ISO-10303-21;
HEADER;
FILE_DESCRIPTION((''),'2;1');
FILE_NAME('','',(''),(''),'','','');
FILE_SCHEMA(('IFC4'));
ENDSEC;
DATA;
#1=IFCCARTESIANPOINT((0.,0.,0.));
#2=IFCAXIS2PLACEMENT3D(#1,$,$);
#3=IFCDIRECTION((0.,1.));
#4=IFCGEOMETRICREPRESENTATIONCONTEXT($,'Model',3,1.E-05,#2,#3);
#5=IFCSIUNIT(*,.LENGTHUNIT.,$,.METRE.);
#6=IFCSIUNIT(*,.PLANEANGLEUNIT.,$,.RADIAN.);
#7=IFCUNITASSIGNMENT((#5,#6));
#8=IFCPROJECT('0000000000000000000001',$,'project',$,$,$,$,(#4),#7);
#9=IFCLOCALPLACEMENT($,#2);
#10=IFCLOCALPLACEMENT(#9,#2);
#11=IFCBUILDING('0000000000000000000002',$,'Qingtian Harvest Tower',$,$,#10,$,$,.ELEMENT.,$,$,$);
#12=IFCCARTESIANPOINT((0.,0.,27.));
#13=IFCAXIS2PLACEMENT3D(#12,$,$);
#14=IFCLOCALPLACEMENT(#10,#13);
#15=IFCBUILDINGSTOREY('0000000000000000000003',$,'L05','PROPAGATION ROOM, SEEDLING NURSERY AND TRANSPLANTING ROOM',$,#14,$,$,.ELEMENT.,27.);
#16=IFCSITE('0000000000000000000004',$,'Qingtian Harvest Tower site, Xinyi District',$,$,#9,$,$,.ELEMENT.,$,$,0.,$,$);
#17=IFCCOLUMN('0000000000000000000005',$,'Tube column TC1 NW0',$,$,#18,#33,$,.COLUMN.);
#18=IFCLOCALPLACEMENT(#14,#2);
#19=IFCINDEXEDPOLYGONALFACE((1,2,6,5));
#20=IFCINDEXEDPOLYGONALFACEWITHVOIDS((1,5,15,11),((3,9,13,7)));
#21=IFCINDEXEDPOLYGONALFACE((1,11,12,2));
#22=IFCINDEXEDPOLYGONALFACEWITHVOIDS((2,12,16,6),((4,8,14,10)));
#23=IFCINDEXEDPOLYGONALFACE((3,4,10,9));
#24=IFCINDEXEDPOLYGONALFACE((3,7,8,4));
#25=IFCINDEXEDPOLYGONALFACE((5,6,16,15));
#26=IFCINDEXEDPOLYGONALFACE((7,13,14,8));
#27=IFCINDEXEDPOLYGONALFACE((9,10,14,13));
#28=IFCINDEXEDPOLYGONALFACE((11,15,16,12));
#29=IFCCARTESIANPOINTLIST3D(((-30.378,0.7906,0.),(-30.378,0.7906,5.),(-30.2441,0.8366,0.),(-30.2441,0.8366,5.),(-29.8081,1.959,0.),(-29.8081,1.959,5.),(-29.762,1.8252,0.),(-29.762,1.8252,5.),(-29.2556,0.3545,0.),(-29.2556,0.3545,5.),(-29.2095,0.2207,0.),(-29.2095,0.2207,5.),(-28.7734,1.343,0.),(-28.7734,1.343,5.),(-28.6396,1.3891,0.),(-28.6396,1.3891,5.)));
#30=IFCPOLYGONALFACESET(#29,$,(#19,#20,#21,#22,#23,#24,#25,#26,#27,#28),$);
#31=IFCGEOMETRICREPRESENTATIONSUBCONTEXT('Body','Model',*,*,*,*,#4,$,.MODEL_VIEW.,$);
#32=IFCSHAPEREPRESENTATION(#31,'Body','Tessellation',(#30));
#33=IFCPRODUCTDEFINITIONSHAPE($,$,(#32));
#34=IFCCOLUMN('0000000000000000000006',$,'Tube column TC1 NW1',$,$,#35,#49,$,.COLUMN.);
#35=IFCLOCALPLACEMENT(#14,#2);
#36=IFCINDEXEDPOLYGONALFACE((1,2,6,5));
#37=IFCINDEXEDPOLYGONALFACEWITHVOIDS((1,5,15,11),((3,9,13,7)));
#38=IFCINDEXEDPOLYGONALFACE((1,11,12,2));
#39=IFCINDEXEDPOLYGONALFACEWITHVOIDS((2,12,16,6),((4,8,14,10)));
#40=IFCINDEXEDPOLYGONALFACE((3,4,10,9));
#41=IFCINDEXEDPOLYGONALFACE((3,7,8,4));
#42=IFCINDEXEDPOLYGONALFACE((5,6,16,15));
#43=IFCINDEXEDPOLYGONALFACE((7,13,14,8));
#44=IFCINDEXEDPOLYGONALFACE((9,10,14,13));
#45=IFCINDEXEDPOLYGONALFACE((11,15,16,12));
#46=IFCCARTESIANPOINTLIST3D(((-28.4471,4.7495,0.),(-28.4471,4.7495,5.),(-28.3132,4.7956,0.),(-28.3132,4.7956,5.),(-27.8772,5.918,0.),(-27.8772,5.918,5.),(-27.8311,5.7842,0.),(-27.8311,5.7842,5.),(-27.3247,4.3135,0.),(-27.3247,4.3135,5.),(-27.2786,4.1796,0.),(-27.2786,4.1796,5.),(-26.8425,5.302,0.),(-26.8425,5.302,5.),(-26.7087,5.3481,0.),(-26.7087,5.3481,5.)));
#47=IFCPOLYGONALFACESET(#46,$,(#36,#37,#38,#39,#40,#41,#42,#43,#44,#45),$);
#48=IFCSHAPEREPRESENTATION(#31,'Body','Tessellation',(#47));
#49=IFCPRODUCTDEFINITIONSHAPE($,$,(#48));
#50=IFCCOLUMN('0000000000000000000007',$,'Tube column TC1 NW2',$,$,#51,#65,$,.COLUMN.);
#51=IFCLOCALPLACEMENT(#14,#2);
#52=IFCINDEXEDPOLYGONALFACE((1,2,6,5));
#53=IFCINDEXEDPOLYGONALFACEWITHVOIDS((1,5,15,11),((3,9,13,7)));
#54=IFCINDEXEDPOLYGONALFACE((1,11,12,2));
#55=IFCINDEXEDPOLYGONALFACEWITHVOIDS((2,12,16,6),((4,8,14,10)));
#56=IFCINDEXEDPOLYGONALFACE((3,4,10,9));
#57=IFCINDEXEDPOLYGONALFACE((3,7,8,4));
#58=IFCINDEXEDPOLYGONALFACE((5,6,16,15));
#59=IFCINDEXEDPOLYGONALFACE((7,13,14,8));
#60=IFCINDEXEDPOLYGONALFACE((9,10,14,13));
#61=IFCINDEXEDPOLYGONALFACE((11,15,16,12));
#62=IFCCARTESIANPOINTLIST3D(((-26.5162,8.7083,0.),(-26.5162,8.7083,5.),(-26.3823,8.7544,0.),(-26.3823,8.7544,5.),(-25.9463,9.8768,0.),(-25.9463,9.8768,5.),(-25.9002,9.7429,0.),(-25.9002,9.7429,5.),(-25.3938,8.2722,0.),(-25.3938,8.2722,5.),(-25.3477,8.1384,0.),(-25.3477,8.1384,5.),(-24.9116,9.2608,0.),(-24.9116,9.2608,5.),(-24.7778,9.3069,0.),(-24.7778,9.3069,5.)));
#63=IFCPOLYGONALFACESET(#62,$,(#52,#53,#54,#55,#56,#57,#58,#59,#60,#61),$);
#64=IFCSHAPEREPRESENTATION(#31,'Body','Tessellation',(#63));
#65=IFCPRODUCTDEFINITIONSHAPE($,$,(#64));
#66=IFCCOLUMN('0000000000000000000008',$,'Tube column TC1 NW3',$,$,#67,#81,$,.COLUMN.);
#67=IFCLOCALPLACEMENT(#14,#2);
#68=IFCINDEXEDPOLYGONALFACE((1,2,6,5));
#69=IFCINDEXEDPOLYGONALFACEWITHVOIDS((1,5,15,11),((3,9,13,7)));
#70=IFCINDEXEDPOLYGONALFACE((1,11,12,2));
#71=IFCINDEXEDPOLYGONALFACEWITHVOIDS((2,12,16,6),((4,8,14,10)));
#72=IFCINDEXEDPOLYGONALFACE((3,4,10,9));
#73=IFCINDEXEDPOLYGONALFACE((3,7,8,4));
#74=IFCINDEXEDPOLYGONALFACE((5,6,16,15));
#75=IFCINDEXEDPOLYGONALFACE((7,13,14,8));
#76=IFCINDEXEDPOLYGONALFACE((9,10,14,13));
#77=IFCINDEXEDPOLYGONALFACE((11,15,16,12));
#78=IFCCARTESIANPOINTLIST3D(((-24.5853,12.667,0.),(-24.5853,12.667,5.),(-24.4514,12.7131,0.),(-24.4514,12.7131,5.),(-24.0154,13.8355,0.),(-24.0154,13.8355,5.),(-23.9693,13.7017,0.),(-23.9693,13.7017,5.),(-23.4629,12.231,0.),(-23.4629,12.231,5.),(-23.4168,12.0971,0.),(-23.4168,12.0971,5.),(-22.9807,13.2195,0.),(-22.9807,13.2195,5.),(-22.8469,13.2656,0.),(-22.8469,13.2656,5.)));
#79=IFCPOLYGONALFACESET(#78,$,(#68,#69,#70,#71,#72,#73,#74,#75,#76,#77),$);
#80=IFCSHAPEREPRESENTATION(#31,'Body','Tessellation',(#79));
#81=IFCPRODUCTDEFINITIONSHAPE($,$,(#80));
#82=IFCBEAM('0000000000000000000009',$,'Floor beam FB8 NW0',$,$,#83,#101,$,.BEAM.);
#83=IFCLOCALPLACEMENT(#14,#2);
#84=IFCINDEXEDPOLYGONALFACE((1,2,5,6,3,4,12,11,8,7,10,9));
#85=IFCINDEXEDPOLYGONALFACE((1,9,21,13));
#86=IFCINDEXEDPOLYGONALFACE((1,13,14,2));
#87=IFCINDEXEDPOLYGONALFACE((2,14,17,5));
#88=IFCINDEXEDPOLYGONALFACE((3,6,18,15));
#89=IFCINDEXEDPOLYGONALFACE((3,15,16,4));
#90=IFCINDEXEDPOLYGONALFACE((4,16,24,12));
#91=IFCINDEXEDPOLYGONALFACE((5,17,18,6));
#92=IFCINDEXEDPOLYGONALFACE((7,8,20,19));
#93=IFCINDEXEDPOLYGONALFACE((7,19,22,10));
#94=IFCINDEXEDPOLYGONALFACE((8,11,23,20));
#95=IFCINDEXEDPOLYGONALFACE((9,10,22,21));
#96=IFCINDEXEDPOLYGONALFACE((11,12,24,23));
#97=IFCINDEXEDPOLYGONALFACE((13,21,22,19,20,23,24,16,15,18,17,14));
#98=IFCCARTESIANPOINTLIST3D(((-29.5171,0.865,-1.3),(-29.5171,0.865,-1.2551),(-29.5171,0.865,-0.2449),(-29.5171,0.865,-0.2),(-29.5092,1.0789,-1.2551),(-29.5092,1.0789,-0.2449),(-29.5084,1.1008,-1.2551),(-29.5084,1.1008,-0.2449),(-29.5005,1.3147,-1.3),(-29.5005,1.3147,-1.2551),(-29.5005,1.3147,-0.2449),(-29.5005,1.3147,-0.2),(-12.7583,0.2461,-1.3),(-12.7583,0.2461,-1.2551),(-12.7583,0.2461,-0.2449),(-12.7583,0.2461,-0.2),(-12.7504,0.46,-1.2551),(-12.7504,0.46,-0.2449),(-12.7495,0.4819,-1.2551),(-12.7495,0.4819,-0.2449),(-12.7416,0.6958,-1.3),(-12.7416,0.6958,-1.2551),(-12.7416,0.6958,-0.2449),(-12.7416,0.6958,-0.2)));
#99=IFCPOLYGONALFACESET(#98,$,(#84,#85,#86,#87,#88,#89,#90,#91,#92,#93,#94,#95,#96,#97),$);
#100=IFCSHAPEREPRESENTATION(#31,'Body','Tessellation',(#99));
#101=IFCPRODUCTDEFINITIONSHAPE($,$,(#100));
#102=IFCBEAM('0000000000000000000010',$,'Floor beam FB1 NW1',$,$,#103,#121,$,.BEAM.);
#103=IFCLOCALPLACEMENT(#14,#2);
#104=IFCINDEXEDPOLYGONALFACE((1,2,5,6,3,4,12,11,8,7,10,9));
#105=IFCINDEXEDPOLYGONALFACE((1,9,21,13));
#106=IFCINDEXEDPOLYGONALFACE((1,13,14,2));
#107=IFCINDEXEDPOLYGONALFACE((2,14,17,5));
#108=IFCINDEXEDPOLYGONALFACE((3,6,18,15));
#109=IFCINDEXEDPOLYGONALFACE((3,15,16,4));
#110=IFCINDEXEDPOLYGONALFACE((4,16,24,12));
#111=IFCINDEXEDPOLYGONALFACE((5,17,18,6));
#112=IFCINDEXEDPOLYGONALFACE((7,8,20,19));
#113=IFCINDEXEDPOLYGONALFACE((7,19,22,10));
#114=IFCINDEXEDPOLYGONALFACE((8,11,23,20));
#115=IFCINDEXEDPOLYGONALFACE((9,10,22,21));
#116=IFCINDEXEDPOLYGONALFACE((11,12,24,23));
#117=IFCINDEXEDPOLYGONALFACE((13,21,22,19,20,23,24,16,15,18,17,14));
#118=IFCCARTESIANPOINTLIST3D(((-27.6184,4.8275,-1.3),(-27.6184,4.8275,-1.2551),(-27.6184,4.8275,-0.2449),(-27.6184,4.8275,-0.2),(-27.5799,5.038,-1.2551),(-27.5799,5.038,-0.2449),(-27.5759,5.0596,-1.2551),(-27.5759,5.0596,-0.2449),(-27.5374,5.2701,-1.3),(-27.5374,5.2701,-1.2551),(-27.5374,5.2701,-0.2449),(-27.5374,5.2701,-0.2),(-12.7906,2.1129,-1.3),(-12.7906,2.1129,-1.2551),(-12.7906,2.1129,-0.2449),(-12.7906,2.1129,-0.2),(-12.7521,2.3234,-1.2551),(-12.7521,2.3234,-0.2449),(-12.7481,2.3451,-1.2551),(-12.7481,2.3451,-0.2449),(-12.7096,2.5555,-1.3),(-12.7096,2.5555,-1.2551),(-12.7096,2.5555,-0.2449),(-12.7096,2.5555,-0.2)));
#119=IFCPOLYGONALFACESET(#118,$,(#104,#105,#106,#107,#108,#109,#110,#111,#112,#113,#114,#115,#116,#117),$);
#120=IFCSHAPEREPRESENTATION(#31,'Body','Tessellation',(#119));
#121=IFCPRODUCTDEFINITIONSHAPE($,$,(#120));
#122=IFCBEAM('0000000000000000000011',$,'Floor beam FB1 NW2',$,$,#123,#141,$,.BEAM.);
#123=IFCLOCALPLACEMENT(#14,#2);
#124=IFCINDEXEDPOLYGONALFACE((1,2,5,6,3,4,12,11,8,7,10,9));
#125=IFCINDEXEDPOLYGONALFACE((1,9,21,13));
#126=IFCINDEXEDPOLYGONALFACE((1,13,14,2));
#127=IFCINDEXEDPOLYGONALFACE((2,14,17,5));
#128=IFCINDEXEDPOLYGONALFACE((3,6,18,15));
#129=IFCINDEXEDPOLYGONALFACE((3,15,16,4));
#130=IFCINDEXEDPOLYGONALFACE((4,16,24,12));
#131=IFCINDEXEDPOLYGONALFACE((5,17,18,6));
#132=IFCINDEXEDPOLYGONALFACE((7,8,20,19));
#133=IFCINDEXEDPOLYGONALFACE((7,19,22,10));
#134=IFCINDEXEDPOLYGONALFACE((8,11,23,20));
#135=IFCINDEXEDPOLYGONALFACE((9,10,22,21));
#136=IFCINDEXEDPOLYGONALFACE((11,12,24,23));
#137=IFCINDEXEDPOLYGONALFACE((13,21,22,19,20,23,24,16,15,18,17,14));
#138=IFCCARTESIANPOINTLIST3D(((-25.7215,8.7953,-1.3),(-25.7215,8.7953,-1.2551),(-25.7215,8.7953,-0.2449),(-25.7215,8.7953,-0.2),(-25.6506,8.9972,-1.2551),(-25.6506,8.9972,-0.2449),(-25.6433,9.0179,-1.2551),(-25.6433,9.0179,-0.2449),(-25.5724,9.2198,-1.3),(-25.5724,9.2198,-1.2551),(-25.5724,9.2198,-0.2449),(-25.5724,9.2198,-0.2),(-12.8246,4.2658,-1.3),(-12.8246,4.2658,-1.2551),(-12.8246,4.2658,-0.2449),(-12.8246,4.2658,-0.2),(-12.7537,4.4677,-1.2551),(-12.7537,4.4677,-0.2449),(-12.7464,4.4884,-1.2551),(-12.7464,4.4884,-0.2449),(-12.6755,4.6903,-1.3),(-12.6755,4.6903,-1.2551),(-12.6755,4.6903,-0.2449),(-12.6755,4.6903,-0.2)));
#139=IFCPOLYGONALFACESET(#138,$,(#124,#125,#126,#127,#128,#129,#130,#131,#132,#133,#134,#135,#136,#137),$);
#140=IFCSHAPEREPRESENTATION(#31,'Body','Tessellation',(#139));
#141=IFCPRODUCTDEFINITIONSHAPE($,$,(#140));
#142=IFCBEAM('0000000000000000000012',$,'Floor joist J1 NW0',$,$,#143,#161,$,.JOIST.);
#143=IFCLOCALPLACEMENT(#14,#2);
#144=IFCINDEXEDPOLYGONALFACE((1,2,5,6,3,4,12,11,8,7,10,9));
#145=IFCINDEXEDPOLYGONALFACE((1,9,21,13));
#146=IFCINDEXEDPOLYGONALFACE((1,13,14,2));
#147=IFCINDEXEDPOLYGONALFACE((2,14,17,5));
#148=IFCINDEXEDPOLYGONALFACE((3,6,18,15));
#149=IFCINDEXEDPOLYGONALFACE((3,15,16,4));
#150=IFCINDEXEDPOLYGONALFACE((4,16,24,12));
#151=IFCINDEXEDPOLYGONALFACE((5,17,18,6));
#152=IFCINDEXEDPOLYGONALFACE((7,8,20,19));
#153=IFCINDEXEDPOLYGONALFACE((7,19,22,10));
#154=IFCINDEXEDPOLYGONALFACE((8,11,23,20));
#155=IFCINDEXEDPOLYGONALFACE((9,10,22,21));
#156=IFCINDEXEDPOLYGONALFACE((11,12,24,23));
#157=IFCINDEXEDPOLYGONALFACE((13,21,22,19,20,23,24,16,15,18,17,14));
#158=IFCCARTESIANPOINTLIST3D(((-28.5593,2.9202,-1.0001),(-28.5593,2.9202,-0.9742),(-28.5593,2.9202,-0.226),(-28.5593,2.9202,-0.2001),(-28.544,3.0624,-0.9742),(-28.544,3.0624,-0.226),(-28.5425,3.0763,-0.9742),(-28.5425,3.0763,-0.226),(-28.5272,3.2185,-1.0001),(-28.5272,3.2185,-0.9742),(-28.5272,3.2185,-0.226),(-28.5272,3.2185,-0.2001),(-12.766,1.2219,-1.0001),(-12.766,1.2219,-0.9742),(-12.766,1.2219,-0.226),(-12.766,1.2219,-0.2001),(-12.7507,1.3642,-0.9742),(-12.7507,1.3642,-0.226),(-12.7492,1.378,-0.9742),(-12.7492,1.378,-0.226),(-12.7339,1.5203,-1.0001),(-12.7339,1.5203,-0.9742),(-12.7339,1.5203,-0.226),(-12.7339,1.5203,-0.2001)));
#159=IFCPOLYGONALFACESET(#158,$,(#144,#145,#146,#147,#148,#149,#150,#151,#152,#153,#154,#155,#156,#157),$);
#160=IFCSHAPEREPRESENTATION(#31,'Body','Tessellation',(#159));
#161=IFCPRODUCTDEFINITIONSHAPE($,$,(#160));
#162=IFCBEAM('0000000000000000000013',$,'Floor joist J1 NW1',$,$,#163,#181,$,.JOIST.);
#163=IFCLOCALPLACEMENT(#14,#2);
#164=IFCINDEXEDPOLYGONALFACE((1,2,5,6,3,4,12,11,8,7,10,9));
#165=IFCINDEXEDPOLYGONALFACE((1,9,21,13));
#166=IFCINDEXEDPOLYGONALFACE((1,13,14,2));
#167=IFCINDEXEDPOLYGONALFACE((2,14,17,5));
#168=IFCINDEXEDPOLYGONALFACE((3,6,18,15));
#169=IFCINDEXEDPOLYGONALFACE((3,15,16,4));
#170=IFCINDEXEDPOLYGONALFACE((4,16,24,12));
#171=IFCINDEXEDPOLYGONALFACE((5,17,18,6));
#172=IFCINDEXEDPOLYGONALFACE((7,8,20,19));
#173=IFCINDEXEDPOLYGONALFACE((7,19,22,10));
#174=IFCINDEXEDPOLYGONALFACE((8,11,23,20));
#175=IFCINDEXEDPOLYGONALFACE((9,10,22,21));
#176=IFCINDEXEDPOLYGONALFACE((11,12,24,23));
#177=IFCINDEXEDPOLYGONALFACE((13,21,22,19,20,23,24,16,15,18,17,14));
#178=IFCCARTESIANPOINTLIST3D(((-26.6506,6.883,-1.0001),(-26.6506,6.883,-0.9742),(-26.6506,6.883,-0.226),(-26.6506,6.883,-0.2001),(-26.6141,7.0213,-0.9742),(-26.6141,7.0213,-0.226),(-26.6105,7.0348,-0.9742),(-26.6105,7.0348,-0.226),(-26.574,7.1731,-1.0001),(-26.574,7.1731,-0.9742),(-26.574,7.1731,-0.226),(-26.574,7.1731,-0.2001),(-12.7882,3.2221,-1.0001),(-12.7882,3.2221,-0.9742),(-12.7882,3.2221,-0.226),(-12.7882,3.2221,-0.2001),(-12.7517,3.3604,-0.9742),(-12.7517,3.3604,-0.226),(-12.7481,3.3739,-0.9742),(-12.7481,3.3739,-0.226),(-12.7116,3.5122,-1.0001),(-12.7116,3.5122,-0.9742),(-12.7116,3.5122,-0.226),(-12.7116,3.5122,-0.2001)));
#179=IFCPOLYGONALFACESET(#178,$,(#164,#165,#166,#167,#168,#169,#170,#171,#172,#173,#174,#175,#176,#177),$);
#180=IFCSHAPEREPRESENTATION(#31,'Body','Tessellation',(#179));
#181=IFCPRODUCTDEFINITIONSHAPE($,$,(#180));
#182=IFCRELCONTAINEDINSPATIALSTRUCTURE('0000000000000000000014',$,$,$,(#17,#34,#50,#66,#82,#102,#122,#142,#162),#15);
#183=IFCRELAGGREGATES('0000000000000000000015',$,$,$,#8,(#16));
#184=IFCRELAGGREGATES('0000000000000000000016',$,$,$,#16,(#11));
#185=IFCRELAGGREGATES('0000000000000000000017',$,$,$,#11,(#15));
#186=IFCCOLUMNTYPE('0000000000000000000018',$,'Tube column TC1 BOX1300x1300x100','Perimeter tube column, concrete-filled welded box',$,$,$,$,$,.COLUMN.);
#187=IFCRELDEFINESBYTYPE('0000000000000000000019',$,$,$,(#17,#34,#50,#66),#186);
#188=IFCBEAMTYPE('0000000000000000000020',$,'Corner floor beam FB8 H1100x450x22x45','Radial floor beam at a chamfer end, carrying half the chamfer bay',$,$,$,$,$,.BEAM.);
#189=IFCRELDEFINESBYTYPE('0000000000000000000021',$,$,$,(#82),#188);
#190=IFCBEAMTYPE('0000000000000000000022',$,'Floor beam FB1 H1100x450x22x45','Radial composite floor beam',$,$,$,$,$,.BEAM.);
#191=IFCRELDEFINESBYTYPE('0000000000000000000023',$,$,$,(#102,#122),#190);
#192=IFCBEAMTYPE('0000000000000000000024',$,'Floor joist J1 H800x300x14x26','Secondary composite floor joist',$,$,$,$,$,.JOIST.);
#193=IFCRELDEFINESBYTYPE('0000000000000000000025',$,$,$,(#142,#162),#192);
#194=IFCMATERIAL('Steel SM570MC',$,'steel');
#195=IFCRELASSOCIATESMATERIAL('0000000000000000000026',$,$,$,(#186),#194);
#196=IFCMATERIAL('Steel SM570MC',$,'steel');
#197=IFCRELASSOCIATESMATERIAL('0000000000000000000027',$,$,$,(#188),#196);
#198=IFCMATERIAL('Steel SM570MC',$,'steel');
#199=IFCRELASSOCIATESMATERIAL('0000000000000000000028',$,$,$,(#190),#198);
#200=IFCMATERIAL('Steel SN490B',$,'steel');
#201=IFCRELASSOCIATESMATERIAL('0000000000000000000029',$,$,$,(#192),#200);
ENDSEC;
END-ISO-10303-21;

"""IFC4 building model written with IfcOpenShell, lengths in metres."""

from ifc_helpers import new_model, si_unit, direction, frame, origin, origin_2d, place, context, subcontext, project, spatial, hollow_rectangle, i_section, extrude, material, material_profile, profile_set, type_object, element, save


model = new_model("IFC4")

# Units and contexts
model_context = context("Model", 3, precision=1e-05, world=origin(), true_north=direction((0.0, 1.0)))
body_context = subcontext(model_context, "Body", "Model", "MODEL_VIEW")
ifc_project = project(units=[si_unit("LENGTHUNIT", "METRE"), si_unit("PLANEANGLEUNIT", "RADIAN")], contexts=[model_context])

# Site, building, storey
site_placement = place(None, origin())
site = spatial("IfcSite", under=ifc_project, at=site_placement, Name="Qingtian Harvest Tower site, Xinyi District", CompositionType="ELEMENT", RefElevation=0.0)
building_placement = place(site_placement, origin())
building = spatial("IfcBuilding", under=site, at=building_placement, Name="Qingtian Harvest Tower", CompositionType="ELEMENT")
storey_placement = place(building_placement, frame((0.0, 0.0, 27.0)))
storey = spatial("IfcBuildingStorey", under=building, at=storey_placement, Name="L05", Description="PROPAGATION ROOM, SEEDLING NURSERY AND TRANSPLANTING ROOM", CompositionType="ELEMENT", Elevation=27.0)

# Columns
ifc_material_1 = material(Name="Steel SM570MC", Category="steel")
ifc_material_profile_1 = material_profile(ifc_material_1, hollow_rectangle(XDim=1.3, YDim=1.3, WallThickness=0.1001, at=origin_2d()), Name="BOX1300x1300x100")
ifc_profile_set_1 = profile_set([ifc_material_profile_1], Name="Steel SM570MC")
column_type = type_object("IfcColumnType", Name="Tube column TC1 BOX1300x1300x100", Description="Perimeter tube column, concrete-filled welded box", PredefinedType="COLUMN", material=ifc_profile_set_1)
for number, where, z_axis, x_axis, name in (
    (1, (-29.5088, 1.0898, 0.0), (0.0, 0.0, 1.0), (-0.438371, -0.898794, 0.0), "Tube column TC1 NW0"),
    (2, (-27.5779, 5.0488, 0.0), (0.0, 0.0, 1.0), (-0.438371, -0.898794, 0.0), "Tube column TC1 NW1"),
    (3, (-25.647, 9.0076, 0.0), (0.0, 0.0, 1.0), (-0.438371, -0.898794, 0.0), "Tube column TC1 NW2"),
    (4, (-23.7161, 12.9663, 0.0), (0.0, 0.0, 1.0), (-0.438371, -0.898794, 0.0), "Tube column TC1 NW3"),
):
    element("IfcColumn", number, at=place(storey_placement, frame(where, z_axis=z_axis, x_axis=x_axis)), inside=storey, type_object=column_type, Name=name, PredefinedType="COLUMN", context=body_context, shape_type="SweptSolid", body=[
        extrude(hollow_rectangle(XDim=1.3, YDim=1.3, WallThickness=0.1001, at=origin_2d()), origin(), (0.0, 0.0, 1.0), 5.0),
    ])

# Beams
ifc_material_2 = material(Name="Steel SM570MC", Category="steel")
ifc_material_profile_2 = material_profile(ifc_material_2, i_section(OverallWidth=0.45, OverallDepth=1.1001, WebThickness=0.022, FlangeThickness=0.0449, at=origin_2d()), Name="H1100x450x22x45")
ifc_profile_set_2 = profile_set([ifc_material_profile_2], Name="Steel SM570MC")
beam_type_1 = type_object("IfcBeamType", Name="Corner floor beam FB8 H1100x450x22x45", Description="Radial floor beam at a chamfer end, carrying half the chamfer bay", PredefinedType="BEAM", material=ifc_profile_set_2)
beam_1_placement = place(storey_placement, frame((-29.5088, 1.0898, -0.75), z_axis=(0.999319, -0.036905, 0.0), x_axis=(0.036905, 0.999319, 0.0)))
element("IfcBeam", 5, at=beam_1_placement, inside=storey, type_object=beam_type_1, Name="Floor beam FB8 NW0", PredefinedType="BEAM", context=body_context, shape_type="SweptSolid", body=[
    extrude(i_section(OverallWidth=0.45, OverallDepth=1.1001, WebThickness=0.022, FlangeThickness=0.0449, at=origin_2d()), origin(), (0.0, 0.0, 1.0), 16.7703),
])
ifc_material_3 = material(Name="Steel SM570MC", Category="steel")
ifc_material_profile_3 = material_profile(ifc_material_3, i_section(OverallWidth=0.45, OverallDepth=1.1001, WebThickness=0.022, FlangeThickness=0.0449, at=origin_2d()), Name="H1100x450x22x45")
ifc_profile_set_3 = profile_set([ifc_material_profile_3], Name="Steel SM570MC")
beam_type_2 = type_object("IfcBeamType", Name="Floor beam FB1 H1100x450x22x45", Description="Radial composite floor beam", PredefinedType="BEAM", material=ifc_profile_set_3)
beam_2_placement = place(storey_placement, frame((-27.5779, 5.0488, -0.75), z_axis=(0.983652, -0.180081, 0.0), x_axis=(0.180081, 0.983652, 0.0)))
element("IfcBeam", 6, at=beam_2_placement, inside=storey, type_object=beam_type_2, Name="Floor beam FB1 NW1", PredefinedType="BEAM", context=body_context, shape_type="SweptSolid", body=[
    extrude(i_section(OverallWidth=0.45, OverallDepth=1.1001, WebThickness=0.022, FlangeThickness=0.0449, at=origin_2d()), origin(), (0.0, 0.0, 1.0), 15.0742),
])
beam_3_placement = place(storey_placement, frame((-25.647, 9.0076, -0.75), z_axis=(0.943502, -0.331367, 0.0), x_axis=(0.331367, 0.943502, 0.0)))
element("IfcBeam", 7, at=beam_3_placement, inside=storey, type_object=beam_type_2, Name="Floor beam FB1 NW2", PredefinedType="BEAM", context=body_context, shape_type="SweptSolid", body=[
    extrude(i_section(OverallWidth=0.45, OverallDepth=1.1001, WebThickness=0.022, FlangeThickness=0.0449, at=origin_2d()), origin(), (0.0, 0.0, 1.0), 13.6692),
])
ifc_material_4 = material(Name="Steel SN490B", Category="steel")
ifc_material_profile_4 = material_profile(ifc_material_4, i_section(OverallWidth=0.3, OverallDepth=0.8, WebThickness=0.0139, FlangeThickness=0.0259, at=origin_2d()), Name="H800x300x14x26")
ifc_profile_set_4 = profile_set([ifc_material_profile_4], Name="Steel SN490B")
beam_type_3 = type_object("IfcBeamType", Name="Floor joist J1 H800x300x14x26", Description="Secondary composite floor joist", PredefinedType="JOIST", material=ifc_profile_set_4)
beam_4_placement = place(storey_placement, frame((-28.5432, 3.0693, -0.6001), z_axis=(0.994268, -0.106914, 0.0), x_axis=(0.106914, 0.994268, 0.0)))
element("IfcBeam", 8, at=beam_4_placement, inside=storey, type_object=beam_type_3, Name="Floor joist J1 NW0", PredefinedType="JOIST", context=body_context, shape_type="SweptSolid", body=[
    extrude(i_section(OverallWidth=0.3, OverallDepth=0.8, WebThickness=0.0139, FlangeThickness=0.0259, at=origin_2d()), origin(), (0.0, 0.0, 1.0), 15.8843),
])
beam_5_placement = place(storey_placement, frame((-26.6123, 7.0281, -0.6001), z_axis=(0.966852, -0.255336, 0.0), x_axis=(0.255336, 0.966852, 0.0)))
element("IfcBeam", 9, at=beam_5_placement, inside=storey, type_object=beam_type_3, Name="Floor joist J1 NW1", PredefinedType="JOIST", context=body_context, shape_type="SweptSolid", body=[
    extrude(i_section(OverallWidth=0.3, OverallDepth=0.8, WebThickness=0.0139, FlangeThickness=0.0259, at=origin_2d()), origin(), (0.0, 0.0, 1.0), 14.3376),
])

save(model, "model.ifc")
